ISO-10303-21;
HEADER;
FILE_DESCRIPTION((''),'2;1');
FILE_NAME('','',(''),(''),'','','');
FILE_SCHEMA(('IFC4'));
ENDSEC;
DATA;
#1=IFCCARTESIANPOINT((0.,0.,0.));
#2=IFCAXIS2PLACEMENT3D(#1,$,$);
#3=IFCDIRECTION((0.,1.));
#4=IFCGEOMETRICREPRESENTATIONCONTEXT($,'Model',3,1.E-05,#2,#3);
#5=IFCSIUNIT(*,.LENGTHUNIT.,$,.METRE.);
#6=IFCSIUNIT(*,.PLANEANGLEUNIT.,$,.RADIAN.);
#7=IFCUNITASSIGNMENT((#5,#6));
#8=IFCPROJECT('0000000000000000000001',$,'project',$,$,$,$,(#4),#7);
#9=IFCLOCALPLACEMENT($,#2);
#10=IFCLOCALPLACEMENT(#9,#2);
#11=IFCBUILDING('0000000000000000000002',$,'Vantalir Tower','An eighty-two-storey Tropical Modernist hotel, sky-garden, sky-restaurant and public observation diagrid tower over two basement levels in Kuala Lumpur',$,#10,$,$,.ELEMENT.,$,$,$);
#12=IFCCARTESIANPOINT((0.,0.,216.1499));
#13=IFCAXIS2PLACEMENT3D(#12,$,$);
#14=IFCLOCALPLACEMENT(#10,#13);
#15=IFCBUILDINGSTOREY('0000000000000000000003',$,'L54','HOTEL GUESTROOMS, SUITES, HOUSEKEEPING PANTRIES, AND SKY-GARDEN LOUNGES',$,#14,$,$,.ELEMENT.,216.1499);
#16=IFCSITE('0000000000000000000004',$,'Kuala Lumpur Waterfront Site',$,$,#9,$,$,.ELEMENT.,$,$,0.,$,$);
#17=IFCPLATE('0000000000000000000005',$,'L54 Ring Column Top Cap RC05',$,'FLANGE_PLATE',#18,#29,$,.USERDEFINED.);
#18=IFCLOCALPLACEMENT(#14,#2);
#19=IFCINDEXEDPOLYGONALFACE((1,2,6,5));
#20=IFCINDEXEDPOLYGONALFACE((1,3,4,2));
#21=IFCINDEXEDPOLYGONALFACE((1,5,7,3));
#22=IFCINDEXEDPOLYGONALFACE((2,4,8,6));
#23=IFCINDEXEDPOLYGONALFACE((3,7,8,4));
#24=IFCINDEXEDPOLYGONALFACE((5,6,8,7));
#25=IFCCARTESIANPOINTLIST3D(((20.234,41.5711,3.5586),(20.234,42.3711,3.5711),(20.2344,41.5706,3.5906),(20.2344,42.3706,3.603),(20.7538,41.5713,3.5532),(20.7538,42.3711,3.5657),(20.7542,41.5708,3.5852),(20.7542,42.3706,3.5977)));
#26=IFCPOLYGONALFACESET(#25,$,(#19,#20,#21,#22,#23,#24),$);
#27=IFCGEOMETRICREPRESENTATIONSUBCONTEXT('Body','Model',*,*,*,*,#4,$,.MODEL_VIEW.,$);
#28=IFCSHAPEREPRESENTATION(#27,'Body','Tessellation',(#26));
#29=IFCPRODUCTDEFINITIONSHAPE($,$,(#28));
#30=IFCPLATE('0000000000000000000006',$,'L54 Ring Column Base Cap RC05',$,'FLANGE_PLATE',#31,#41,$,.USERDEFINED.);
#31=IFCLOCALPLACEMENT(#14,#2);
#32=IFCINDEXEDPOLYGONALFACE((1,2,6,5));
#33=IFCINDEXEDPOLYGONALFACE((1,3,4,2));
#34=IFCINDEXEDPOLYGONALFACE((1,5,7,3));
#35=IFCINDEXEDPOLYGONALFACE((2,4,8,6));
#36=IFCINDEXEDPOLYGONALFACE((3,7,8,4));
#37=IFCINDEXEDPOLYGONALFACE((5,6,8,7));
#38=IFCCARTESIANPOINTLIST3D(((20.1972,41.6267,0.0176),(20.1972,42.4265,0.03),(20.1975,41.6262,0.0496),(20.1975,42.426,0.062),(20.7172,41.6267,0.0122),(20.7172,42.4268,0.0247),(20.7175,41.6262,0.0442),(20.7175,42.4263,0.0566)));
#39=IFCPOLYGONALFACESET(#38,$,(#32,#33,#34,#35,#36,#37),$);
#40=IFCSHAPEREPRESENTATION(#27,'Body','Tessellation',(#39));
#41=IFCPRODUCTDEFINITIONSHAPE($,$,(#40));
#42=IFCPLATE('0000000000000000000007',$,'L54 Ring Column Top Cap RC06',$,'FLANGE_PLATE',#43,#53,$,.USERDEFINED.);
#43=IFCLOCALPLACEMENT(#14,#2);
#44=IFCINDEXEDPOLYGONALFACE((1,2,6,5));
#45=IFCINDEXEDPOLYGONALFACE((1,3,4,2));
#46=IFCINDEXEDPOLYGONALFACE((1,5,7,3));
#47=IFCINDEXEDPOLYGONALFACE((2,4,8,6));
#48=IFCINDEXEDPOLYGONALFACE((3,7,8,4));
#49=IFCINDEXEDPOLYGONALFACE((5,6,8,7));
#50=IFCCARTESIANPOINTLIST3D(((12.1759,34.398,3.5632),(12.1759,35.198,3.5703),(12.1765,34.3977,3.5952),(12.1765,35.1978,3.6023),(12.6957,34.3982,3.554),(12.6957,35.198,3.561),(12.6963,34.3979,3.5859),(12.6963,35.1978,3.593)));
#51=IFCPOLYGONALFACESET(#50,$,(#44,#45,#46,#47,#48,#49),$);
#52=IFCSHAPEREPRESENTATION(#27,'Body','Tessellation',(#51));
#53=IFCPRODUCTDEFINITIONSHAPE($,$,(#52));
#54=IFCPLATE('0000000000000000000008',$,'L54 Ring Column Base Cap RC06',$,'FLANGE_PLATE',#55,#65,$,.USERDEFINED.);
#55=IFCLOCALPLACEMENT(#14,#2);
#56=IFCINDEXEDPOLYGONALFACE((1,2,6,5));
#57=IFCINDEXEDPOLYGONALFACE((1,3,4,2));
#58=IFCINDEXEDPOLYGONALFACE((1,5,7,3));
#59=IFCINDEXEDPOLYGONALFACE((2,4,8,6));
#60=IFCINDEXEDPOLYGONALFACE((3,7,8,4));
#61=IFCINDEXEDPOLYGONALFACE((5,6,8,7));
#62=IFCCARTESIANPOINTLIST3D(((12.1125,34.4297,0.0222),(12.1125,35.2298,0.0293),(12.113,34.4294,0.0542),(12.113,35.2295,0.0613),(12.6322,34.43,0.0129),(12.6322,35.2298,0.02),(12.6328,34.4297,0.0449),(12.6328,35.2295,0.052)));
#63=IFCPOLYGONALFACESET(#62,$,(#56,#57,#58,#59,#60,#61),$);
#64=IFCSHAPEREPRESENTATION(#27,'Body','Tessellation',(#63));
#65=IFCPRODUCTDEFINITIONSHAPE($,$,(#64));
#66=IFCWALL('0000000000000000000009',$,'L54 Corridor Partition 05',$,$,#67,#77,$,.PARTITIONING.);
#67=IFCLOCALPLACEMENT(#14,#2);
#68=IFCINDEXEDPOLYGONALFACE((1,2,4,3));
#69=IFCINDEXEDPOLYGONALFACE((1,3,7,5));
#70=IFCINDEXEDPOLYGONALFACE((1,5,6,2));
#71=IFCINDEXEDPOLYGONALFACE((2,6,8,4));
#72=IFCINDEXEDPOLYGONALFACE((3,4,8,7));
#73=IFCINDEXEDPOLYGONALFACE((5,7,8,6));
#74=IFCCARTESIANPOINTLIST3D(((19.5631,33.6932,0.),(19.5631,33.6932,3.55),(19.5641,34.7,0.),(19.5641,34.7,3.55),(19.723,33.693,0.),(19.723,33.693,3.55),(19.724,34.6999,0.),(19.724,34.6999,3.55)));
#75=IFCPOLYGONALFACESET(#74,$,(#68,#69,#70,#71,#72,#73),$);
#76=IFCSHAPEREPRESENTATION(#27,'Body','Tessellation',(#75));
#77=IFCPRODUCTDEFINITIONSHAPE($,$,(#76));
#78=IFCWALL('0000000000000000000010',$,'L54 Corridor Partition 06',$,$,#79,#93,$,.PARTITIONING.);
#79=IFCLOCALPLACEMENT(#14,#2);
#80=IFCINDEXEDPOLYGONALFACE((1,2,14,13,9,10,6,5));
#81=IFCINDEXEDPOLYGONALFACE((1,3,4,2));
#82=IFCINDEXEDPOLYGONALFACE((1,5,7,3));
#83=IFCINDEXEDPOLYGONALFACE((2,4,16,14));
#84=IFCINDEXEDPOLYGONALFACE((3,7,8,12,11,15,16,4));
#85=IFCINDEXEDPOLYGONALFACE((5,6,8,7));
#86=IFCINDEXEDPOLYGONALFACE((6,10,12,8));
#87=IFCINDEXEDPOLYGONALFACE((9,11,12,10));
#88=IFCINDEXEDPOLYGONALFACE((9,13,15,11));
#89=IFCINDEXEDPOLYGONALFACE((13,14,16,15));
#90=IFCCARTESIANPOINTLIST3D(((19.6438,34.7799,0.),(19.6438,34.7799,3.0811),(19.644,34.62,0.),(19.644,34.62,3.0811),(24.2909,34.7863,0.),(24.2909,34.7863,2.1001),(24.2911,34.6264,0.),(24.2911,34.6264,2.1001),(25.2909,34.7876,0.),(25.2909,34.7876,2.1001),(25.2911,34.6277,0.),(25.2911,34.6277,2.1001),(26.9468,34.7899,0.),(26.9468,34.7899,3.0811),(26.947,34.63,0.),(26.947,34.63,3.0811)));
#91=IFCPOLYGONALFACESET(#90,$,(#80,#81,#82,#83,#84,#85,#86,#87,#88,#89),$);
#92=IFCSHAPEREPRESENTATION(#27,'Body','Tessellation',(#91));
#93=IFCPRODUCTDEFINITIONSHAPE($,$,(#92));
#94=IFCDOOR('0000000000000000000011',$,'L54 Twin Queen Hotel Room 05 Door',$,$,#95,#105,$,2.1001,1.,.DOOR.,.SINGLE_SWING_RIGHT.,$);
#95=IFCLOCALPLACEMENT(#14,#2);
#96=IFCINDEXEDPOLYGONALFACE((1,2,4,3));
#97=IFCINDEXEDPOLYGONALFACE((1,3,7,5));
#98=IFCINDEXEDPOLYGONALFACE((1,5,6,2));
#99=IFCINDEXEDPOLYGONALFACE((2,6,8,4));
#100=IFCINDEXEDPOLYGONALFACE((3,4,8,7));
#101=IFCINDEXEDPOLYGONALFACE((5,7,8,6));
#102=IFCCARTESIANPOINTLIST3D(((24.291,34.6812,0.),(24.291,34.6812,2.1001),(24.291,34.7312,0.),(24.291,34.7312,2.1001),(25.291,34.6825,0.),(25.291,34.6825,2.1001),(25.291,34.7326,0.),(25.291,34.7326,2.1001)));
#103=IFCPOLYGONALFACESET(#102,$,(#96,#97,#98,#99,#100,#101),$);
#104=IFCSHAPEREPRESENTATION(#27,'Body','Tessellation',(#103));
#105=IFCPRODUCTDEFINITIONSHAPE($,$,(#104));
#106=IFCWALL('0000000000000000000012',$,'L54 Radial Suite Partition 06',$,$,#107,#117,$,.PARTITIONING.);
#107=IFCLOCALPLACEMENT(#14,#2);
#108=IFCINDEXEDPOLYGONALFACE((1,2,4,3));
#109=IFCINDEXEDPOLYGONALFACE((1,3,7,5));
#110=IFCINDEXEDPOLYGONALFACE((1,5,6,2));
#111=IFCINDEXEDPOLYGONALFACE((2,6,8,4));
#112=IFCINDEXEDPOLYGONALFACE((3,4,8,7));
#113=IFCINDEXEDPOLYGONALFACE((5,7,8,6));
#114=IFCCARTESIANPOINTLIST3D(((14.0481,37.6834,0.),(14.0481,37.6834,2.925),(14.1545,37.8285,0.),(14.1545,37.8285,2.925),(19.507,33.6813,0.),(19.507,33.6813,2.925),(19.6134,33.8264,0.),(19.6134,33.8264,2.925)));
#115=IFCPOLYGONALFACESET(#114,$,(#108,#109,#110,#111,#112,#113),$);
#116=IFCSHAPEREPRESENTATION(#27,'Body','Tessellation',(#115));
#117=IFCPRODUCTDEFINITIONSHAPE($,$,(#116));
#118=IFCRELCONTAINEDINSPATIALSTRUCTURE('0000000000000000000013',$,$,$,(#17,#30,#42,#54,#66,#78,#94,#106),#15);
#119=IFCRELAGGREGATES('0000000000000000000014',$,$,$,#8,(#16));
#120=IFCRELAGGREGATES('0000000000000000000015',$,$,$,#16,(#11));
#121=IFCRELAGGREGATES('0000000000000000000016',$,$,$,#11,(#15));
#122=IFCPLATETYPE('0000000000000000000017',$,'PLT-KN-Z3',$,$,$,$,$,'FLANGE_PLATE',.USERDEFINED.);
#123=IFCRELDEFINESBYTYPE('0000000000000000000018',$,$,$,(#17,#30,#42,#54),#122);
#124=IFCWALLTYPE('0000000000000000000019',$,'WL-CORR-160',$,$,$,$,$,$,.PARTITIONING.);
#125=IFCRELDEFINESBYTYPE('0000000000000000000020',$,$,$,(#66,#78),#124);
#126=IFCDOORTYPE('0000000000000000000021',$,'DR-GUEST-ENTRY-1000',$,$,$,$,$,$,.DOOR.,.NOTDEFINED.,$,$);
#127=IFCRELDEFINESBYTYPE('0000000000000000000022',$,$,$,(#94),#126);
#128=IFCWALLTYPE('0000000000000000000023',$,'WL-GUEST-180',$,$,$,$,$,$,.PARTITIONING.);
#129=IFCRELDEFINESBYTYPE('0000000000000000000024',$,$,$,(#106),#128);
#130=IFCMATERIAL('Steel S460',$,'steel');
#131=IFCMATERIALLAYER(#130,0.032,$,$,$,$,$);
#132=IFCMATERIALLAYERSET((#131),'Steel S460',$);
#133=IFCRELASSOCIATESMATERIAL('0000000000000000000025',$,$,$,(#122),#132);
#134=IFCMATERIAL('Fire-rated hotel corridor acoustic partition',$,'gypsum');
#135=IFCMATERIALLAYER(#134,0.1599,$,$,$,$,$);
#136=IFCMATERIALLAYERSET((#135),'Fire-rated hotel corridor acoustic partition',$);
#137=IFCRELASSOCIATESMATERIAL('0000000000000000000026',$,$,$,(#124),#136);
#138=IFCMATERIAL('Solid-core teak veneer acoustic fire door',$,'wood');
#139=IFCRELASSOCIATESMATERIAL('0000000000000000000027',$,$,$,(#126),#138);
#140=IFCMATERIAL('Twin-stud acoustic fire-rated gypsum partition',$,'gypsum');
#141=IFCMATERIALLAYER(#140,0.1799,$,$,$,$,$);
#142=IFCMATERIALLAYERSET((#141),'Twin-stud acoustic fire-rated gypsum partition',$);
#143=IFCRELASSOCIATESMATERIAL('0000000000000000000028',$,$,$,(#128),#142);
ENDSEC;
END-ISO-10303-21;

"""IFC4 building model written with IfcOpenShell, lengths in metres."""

from ifc_helpers import new_model, si_unit, direction, frame, frame_2d, origin, place, context, subcontext, project, spatial, polyline, rectangle, outline, extrude, material, layer, layer_set, type_object, element, fill, save


model = new_model("IFC4")

# Units and contexts
model_context = context("Model", 3, precision=1e-05, world=origin(), true_north=direction((0.0, 1.0)))
body_context = subcontext(model_context, "Body", "Model", "MODEL_VIEW")
ifc_project = project(units=[si_unit("LENGTHUNIT", "METRE"), si_unit("PLANEANGLEUNIT", "RADIAN")], contexts=[model_context])

# Site, building, storey
site_placement = place(None, origin())
site = spatial("IfcSite", under=ifc_project, at=site_placement, Name="Kuala Lumpur Waterfront Site", CompositionType="ELEMENT", RefElevation=0.0)
building_placement = place(site_placement, origin())
building = spatial("IfcBuilding", under=site, at=building_placement, Name="Vantalir Tower", Description="An eighty-two-storey Tropical Modernist hotel, sky-garden, sky-restaurant and public observation diagrid tower over two basement levels in Kuala Lumpur", CompositionType="ELEMENT")
storey_placement = place(building_placement, frame((0.0, 0.0, 216.1499)))
storey = spatial("IfcBuildingStorey", under=building, at=storey_placement, Name="L54", Description="HOTEL GUESTROOMS, SUITES, HOUSEKEEPING PANTRIES, AND SKY-GARDEN LOUNGES", CompositionType="ELEMENT", Elevation=216.1499)

# Shared definitions
ifc_material_1 = material(Name="Steel S460", Category="steel")

# Plates
ifc_layer_1 = layer(ifc_material_1, 0.032)
ifc_layer_set_1 = layer_set([ifc_layer_1], Name="Steel S460")
plate_type_1 = type_object("IfcPlateType", Name="PLT-KN-Z3", ElementType="FLANGE_PLATE", PredefinedType="USERDEFINED", material=ifc_layer_set_1)
plate_1_placement = place(storey_placement, frame((20.2344, 42.3706, 3.603), z_axis=(0.010335, -0.015563, 0.999825), x_axis=(0.0, -0.999879, -0.015564)))
element("IfcPlate", 1, at=plate_1_placement, inside=storey, type_object=plate_type_1, Name="L54 Ring Column Top Cap RC05", ObjectType="FLANGE_PLATE", PredefinedType="USERDEFINED", context=body_context, shape_type="SweptSolid", body=[
    extrude(outline(polyline([(0.0, 0.0), (0.8001, 0.0), (0.8, 0.5198), (0.0001, 0.5198), (0.0, 0.0)])), origin(), (0.0, 0.0, -1.0), 0.032),
])
plate_2_placement = place(storey_placement, frame((20.1975, 42.426, 0.062), z_axis=(0.01033, -0.015563, 0.999826), x_axis=(0.0, -0.999879, -0.015564)))
element("IfcPlate", 2, at=plate_2_placement, inside=storey, type_object=plate_type_1, Name="L54 Ring Column Base Cap RC05", ObjectType="FLANGE_PLATE", PredefinedType="USERDEFINED", context=body_context, shape_type="SweptSolid", body=[
    extrude(outline(polyline([(0.0, 0.0), (0.7999, 0.0), (0.8, 0.52), (-0.0002, 0.52), (0.0, 0.0)])), origin(), (0.0, 0.0, -1.0), 0.032),
])
for number, where, z_axis, x_axis, name in (
    (3, (12.1765, 35.1978, 3.6023), (0.017847, -0.008849, 0.999802), (0.0, -0.999961, -0.008851), "L54 Ring Column Top Cap RC06"),
    (4, (12.113, 35.2295, 0.0613), (0.017847, -0.008849, 0.999802), (0.0, -0.999961, -0.008851), "L54 Ring Column Base Cap RC06"),
):
    element("IfcPlate", number, at=place(storey_placement, frame(where, z_axis=z_axis, x_axis=x_axis)), inside=storey, type_object=plate_type_1, Name=name, ObjectType="FLANGE_PLATE", PredefinedType="USERDEFINED", context=body_context, shape_type="SweptSolid", body=[
        extrude(outline(polyline([(0.0, 0.0), (0.8001, 0.0), (0.7999, 0.5199), (0.0001, 0.5199), (0.0, 0.0)])), origin(), (0.0, 0.0, -1.0), 0.032),
    ])

# Wall
ifc_material_2 = material(Name="Fire-rated hotel corridor acoustic partition", Category="gypsum")
ifc_layer_2 = layer(ifc_material_2, 0.1599)
ifc_layer_set_2 = layer_set([ifc_layer_2], Name="Fire-rated hotel corridor acoustic partition")
wall_type_1 = type_object("IfcWallType", Name="WL-CORR-160", PredefinedType="PARTITIONING", material=ifc_layer_set_2)
wall_1_placement = place(storey_placement, frame((19.6431, 33.6931, 0.0), z_axis=(0.0, 0.0, 1.0), x_axis=(0.00097, 1.0, 0.0)))
element("IfcWall", 5, at=wall_1_placement, inside=storey, type_object=wall_type_1, Name="L54 Corridor Partition 05", PredefinedType="PARTITIONING", context=body_context, shape_type="SweptSolid", body=[
    extrude(rectangle(XDim=1.0068, YDim=0.1599, at=frame_2d((0.5034, 0.0))), origin(), (0.0, 0.0, 1.0), 3.55),
])

# Wall, opening, door
wall_2_placement = place(storey_placement, frame((19.644, 34.7, 0.0), z_axis=(0.0, 0.0, 1.0), x_axis=(0.999999, 0.001371, 0.0)))
wall_2 = element("IfcWall", 6, at=wall_2_placement, inside=storey, type_object=wall_type_1, Name="L54 Corridor Partition 06", PredefinedType="PARTITIONING", context=body_context, shape_type="SweptSolid", body=[
    extrude(rectangle(XDim=7.303, YDim=0.1599, at=frame_2d((3.6514, 0.0))), origin(), (0.0, 0.0, 1.0), 3.0811),
])
opening_placement = place(wall_2_placement, frame((4.647, 0.0, 0.0)))
opening = element("IfcOpeningElement", 7, at=opening_placement, cuts=wall_2, PredefinedType="OPENING", context=body_context, shape_type="SweptSolid", body=[
    extrude(rectangle(XDim=1.0, YDim=2.1001, at=frame_2d((0.5, 1.05))), frame((0.0, 0.0898, 0.0), z_axis=(0.0, -1.0, 0.0), x_axis=(1.0, 0.0, 0.0)), (0.0, 0.0, 1.0), 0.1799),
])
ifc_material_3 = material(Name="Solid-core teak veneer acoustic fire door", Category="wood")
door_type = type_object("IfcDoorType", Name="DR-GUEST-ENTRY-1000", OperationType="NOTDEFINED", PredefinedType="DOOR", material=ifc_material_3)
door_placement = place(opening_placement, origin())
door = element("IfcDoor", 8, at=door_placement, inside=storey, type_object=door_type, Name="L54 Twin Queen Hotel Room 05 Door", OperationType="SINGLE_SWING_RIGHT", OverallHeight=2.1001, OverallWidth=1.0, PredefinedType="DOOR", context=body_context, shape_type="SweptSolid", body=[
    extrude(rectangle(XDim=1.0, YDim=2.1001, at=frame_2d((0.5, 1.05))), frame((0.0, 0.0249, 0.0), z_axis=(0.0, -1.0, 0.0), x_axis=(1.0, 0.0, 0.0)), (0.0, 0.0, 1.0), 0.05),
])
fill(opening, door)

# Wall
ifc_material_4 = material(Name="Twin-stud acoustic fire-rated gypsum partition", Category="gypsum")
ifc_layer_3 = layer(ifc_material_4, 0.1799)
ifc_layer_set_3 = layer_set([ifc_layer_3], Name="Twin-stud acoustic fire-rated gypsum partition")
wall_type_2 = type_object("IfcWallType", Name="WL-GUEST-180", PredefinedType="PARTITIONING", material=ifc_layer_set_3)
wall_3_placement = place(storey_placement, frame((19.5601, 33.7539, 0.0), z_axis=(0.0, 0.0, 1.0), x_axis=(-0.80648, 0.591262, 0.0)))
element("IfcWall", 9, at=wall_3_placement, inside=storey, type_object=wall_type_2, Name="L54 Radial Suite Partition 06", PredefinedType="PARTITIONING", context=body_context, shape_type="SweptSolid", body=[
    extrude(rectangle(XDim=6.7688, YDim=0.1799, at=frame_2d((3.3843, 0.0))), origin(), (0.0, 0.0, 1.0), 2.925),
])

save(model, "model.ifc")
